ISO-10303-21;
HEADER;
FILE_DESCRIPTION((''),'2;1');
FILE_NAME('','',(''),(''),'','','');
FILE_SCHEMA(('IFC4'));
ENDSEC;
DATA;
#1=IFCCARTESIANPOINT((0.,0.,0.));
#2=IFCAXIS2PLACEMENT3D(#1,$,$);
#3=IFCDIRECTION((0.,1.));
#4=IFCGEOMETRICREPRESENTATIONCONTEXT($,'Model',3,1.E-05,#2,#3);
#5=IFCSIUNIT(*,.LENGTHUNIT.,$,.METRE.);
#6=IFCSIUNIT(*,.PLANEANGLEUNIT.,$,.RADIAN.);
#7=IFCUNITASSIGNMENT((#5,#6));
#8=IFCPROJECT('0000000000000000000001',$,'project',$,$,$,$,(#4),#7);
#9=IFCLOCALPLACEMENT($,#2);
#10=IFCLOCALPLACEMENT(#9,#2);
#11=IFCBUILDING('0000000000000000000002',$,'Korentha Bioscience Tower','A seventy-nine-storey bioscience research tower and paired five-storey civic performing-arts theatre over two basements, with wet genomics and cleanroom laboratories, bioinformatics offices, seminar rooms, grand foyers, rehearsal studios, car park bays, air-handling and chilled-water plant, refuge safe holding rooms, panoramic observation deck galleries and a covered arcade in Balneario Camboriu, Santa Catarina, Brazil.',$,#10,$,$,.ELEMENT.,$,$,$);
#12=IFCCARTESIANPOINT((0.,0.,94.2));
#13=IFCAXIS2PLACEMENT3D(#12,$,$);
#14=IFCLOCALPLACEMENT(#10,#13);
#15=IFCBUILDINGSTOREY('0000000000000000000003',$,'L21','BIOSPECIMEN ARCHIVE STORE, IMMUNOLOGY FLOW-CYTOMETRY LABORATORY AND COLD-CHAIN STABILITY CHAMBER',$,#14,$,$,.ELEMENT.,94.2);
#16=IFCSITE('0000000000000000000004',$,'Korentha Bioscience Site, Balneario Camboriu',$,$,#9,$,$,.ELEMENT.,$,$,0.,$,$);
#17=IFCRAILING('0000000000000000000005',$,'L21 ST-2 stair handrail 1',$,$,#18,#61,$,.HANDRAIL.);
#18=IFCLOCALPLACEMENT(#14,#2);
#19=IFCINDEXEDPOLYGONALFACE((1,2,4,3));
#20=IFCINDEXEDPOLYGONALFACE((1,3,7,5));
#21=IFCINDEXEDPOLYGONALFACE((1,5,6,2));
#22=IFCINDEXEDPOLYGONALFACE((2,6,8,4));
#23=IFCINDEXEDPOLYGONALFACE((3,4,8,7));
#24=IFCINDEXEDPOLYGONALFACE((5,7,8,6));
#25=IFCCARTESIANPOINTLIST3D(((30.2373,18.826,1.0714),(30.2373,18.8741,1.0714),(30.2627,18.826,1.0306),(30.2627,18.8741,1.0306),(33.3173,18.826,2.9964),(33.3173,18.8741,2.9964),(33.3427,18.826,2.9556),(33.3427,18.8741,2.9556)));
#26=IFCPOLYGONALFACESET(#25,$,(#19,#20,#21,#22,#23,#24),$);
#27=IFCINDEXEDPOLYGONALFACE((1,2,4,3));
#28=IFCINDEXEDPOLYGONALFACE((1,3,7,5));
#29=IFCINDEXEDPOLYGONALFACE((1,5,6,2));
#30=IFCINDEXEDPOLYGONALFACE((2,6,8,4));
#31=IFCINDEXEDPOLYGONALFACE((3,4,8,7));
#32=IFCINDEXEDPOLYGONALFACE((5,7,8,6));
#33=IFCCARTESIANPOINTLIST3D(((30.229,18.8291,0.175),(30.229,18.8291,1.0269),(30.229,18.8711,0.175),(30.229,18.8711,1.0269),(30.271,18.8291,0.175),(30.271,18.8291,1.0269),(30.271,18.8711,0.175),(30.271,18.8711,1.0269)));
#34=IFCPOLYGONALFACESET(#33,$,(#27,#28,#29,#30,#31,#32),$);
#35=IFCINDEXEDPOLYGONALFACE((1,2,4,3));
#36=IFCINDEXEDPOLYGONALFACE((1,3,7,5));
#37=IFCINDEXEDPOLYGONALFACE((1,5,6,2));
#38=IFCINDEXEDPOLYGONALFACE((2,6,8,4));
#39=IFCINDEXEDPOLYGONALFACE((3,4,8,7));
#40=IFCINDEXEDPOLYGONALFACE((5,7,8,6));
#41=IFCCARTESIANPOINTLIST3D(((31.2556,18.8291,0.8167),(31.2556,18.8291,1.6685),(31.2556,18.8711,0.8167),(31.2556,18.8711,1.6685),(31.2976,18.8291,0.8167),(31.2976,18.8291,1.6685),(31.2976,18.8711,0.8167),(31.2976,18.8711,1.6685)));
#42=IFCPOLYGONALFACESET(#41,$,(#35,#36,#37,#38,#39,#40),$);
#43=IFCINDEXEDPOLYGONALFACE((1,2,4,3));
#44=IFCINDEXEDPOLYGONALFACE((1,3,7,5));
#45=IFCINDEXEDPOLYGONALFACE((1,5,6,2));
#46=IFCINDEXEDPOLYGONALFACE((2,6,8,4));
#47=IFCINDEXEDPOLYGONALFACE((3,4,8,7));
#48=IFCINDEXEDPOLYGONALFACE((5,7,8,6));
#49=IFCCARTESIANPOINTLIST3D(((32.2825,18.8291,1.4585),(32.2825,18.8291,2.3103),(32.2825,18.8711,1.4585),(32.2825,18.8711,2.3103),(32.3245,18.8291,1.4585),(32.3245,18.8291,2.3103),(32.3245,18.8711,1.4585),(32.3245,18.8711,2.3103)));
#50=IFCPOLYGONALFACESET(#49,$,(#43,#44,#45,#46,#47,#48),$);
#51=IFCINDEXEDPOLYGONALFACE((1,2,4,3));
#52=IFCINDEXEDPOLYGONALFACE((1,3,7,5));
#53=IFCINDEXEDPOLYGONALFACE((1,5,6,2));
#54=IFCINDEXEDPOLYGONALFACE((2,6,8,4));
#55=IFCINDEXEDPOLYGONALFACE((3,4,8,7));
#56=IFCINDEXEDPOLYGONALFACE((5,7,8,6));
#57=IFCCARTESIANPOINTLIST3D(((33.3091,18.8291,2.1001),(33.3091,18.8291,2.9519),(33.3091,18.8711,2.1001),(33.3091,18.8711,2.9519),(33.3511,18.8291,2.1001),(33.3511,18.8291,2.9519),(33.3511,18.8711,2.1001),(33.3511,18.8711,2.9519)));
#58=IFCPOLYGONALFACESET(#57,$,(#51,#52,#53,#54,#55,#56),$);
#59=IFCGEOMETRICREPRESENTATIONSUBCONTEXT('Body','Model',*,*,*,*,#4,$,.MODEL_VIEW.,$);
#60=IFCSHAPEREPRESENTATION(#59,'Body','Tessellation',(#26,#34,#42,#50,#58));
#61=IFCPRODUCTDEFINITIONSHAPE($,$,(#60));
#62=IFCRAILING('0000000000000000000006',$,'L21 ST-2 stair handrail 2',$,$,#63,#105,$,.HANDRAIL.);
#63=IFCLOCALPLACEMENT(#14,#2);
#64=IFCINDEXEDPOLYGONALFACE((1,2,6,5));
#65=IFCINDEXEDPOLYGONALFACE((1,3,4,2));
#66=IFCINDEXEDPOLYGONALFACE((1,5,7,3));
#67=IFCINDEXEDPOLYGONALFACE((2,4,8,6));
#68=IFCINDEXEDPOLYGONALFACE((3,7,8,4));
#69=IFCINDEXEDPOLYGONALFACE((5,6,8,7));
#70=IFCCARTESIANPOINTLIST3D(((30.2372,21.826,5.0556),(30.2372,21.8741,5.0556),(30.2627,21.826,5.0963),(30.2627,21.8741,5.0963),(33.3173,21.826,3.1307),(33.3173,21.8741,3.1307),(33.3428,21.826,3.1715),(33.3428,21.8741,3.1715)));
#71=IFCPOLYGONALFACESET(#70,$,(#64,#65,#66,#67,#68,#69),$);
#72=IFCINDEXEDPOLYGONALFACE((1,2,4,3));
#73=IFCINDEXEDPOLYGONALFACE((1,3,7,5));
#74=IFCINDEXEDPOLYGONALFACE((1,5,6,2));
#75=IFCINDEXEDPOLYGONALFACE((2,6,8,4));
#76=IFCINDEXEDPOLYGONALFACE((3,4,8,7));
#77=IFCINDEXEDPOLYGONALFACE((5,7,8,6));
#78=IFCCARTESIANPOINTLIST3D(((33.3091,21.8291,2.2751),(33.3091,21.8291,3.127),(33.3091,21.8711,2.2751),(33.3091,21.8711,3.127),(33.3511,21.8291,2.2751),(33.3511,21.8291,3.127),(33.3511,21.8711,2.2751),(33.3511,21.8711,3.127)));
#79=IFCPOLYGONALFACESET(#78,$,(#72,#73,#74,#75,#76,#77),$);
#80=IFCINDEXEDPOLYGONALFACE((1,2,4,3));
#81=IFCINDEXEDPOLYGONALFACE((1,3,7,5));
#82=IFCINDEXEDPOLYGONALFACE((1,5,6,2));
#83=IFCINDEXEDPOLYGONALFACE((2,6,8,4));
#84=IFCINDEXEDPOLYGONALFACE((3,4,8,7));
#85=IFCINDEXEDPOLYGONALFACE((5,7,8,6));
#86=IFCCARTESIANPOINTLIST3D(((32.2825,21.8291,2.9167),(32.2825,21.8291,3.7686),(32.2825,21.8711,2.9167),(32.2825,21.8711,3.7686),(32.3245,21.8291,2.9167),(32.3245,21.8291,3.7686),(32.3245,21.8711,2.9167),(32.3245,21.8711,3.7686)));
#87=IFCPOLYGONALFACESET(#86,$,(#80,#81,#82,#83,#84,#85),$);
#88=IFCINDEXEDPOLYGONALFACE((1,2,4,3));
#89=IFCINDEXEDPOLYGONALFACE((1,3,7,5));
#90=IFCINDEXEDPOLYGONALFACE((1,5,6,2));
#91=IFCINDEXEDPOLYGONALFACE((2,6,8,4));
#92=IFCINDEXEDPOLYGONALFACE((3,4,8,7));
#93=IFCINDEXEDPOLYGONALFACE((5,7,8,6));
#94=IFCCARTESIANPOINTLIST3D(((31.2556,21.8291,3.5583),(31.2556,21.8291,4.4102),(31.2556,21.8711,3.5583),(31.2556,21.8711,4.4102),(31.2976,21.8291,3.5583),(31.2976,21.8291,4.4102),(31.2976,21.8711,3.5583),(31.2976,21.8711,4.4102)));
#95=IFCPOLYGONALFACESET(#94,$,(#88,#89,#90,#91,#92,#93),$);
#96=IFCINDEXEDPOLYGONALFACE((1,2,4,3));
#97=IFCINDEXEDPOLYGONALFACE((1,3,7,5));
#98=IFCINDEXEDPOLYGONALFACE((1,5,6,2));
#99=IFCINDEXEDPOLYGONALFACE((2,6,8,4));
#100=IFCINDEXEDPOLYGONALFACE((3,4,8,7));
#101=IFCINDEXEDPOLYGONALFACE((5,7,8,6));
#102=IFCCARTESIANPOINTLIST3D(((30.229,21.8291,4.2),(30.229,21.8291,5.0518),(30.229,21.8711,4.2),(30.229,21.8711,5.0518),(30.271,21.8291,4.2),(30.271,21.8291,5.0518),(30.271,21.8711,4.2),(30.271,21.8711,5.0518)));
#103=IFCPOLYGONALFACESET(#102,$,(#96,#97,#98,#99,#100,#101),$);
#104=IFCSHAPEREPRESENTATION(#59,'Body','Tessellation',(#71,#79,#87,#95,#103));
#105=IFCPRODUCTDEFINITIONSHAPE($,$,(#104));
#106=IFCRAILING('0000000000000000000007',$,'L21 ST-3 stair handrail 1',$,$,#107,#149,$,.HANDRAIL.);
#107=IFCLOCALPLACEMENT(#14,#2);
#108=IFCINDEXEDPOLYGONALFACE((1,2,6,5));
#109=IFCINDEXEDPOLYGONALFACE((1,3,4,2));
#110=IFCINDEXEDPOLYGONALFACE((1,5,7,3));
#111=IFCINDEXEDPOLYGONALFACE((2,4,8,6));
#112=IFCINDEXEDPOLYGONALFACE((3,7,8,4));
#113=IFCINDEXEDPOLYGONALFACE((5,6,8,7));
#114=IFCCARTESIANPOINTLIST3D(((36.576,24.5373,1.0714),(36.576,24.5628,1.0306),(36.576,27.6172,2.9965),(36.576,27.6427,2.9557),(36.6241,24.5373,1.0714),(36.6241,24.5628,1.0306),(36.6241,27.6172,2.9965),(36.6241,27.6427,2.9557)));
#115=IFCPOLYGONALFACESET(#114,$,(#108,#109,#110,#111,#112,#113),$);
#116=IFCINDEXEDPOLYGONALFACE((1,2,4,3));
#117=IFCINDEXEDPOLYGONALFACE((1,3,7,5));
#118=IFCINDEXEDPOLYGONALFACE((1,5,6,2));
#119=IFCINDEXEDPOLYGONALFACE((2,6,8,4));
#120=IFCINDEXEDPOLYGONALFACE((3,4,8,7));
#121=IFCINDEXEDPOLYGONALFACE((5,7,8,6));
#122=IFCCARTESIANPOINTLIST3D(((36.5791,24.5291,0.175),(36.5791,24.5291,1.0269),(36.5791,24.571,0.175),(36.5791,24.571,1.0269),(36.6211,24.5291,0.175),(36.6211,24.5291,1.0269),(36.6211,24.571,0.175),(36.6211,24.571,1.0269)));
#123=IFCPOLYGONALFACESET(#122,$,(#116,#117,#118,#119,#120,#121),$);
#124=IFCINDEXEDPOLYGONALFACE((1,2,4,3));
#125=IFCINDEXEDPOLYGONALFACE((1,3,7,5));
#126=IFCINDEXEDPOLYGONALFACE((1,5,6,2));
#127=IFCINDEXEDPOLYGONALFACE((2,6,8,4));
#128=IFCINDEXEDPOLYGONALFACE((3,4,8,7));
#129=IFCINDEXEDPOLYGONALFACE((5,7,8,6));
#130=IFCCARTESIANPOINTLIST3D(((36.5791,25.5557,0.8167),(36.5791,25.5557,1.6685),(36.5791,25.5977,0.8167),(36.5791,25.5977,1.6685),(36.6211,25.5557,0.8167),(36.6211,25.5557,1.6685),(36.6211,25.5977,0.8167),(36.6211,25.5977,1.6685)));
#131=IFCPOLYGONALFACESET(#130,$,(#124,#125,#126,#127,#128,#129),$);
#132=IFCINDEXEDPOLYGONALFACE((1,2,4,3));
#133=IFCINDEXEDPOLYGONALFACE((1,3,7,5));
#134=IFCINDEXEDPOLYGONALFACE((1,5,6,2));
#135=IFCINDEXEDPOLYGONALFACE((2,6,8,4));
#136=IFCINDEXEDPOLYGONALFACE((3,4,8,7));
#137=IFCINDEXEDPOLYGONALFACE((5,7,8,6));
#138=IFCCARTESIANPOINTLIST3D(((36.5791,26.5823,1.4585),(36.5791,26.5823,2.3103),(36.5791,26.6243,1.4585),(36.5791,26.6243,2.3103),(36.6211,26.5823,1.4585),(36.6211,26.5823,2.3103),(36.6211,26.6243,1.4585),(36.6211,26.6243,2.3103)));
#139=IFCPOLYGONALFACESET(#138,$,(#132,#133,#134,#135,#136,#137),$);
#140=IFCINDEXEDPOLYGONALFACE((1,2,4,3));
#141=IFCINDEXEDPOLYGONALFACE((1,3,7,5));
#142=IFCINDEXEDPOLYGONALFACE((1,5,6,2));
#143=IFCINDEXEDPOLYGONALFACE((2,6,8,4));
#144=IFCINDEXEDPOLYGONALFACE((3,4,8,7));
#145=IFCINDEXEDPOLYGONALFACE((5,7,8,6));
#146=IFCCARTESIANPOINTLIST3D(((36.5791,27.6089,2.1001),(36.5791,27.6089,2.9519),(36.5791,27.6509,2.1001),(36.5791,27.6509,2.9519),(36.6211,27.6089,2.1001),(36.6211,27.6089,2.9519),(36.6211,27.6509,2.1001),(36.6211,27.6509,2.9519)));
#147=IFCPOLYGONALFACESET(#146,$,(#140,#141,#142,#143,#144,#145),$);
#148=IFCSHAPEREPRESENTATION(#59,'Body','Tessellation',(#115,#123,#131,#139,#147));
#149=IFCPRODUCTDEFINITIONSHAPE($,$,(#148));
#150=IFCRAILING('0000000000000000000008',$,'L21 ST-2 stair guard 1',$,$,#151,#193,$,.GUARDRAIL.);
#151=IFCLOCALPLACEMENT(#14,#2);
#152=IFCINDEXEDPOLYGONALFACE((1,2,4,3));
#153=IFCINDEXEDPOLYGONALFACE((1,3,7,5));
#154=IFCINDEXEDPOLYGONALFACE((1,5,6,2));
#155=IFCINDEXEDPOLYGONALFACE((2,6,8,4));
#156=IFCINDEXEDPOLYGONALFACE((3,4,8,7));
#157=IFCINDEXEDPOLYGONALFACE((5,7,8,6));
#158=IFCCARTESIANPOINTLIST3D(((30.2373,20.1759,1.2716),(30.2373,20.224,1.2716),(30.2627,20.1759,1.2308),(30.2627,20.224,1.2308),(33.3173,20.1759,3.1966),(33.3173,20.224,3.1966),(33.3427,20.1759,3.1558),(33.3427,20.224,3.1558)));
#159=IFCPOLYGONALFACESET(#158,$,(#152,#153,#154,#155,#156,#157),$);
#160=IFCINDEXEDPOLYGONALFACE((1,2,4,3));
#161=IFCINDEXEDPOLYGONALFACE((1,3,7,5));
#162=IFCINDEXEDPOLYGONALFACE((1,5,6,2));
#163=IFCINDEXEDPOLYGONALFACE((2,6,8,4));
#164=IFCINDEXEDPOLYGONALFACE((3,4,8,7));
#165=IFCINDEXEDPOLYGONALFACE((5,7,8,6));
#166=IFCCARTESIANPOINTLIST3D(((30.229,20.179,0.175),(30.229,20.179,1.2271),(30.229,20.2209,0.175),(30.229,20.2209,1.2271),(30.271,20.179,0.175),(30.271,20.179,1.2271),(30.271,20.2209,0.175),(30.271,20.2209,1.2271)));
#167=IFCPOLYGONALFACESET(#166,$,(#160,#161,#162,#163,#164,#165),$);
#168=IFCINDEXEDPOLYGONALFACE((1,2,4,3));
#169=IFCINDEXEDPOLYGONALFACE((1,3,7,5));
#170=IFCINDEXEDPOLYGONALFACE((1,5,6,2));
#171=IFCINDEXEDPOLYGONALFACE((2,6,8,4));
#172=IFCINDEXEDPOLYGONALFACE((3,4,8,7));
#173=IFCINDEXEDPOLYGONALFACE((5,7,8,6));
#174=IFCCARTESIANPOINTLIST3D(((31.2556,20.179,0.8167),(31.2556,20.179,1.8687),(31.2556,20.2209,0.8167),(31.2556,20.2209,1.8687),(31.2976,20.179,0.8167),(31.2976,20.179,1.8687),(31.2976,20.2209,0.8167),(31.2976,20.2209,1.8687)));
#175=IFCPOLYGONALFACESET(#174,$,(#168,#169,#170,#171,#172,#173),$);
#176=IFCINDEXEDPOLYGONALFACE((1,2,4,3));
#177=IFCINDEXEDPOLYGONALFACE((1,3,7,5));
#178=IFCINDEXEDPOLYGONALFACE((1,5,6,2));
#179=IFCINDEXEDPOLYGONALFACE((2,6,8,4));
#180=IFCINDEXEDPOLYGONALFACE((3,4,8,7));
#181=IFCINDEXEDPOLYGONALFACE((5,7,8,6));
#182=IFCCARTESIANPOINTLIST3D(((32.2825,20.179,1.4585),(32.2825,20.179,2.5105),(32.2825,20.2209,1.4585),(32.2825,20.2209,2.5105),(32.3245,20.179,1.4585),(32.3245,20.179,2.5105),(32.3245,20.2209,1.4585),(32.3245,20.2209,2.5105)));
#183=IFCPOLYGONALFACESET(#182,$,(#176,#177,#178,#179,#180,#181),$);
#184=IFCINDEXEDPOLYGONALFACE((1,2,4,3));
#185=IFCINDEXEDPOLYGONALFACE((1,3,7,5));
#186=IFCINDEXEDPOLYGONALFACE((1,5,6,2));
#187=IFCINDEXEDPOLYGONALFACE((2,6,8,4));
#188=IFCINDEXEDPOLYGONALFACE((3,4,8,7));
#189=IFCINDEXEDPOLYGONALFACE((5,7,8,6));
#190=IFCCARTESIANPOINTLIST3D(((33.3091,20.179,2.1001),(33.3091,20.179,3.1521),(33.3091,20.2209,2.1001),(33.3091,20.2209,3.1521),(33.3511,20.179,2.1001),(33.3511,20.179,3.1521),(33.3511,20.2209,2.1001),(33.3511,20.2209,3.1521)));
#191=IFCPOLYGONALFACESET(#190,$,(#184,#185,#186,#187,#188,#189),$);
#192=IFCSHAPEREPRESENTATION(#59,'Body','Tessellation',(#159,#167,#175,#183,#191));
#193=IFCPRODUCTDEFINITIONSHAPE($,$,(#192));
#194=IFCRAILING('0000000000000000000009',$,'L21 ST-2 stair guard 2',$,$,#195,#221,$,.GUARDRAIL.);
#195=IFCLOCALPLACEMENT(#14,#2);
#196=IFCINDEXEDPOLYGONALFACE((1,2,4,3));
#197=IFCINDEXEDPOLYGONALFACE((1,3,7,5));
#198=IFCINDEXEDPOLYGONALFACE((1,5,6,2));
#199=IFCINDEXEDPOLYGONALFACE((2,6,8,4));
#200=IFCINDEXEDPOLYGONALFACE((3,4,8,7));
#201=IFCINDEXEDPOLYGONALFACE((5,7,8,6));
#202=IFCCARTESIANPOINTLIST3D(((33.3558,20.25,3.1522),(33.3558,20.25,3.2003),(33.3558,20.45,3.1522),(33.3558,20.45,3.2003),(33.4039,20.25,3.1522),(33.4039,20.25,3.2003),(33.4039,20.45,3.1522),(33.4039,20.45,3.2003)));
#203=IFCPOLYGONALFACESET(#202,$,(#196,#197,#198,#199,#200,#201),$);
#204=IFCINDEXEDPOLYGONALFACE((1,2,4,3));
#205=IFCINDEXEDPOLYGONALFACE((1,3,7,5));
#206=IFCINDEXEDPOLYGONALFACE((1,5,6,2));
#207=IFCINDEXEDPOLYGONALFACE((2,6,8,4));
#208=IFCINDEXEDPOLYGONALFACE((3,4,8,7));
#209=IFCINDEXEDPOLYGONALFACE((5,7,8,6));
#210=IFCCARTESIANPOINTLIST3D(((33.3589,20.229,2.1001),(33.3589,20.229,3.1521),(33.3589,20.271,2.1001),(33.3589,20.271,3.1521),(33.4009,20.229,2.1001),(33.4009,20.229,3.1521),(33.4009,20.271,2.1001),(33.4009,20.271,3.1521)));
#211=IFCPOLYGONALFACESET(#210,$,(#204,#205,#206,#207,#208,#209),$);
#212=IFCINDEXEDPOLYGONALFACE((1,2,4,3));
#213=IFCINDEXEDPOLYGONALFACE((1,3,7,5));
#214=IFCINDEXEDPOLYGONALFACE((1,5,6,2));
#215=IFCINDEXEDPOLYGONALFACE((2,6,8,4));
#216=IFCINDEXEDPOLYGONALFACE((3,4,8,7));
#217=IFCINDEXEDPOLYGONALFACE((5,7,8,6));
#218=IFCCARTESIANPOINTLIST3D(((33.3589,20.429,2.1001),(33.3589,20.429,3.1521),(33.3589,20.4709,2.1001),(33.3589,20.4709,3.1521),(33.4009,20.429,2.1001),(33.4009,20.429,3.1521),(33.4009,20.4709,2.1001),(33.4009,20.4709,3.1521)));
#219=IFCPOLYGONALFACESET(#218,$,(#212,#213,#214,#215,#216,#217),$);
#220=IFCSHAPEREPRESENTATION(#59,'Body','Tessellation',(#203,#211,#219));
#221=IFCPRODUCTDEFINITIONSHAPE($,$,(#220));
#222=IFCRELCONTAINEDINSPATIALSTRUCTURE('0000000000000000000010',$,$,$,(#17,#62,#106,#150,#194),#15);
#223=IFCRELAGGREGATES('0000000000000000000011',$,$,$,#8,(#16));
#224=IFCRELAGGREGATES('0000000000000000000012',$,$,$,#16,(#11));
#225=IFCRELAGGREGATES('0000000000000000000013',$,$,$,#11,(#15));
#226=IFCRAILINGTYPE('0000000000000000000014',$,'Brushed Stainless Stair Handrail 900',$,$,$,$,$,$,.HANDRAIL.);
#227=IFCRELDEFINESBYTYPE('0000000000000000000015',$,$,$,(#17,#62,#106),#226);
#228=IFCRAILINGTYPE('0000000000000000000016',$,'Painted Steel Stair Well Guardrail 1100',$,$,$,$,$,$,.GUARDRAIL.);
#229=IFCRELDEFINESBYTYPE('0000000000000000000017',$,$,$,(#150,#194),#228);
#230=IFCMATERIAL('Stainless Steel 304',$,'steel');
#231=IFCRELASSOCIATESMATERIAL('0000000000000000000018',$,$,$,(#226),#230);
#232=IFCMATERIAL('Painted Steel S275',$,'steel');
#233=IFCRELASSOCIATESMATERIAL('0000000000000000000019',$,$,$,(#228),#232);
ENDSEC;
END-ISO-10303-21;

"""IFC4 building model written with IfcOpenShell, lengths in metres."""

from ifc_helpers import new_model, si_unit, direction, frame, origin, origin_2d, place, context, subcontext, project, spatial, rectangle, extrude, material, type_object, element, save


model = new_model("IFC4")

# Units and contexts
model_context = context("Model", 3, precision=1e-05, world=origin(), true_north=direction((0.0, 1.0)))
body_context = subcontext(model_context, "Body", "Model", "MODEL_VIEW")
ifc_project = project(units=[si_unit("LENGTHUNIT", "METRE"), si_unit("PLANEANGLEUNIT", "RADIAN")], contexts=[model_context])

# Site, building, storey
site_placement = place(None, origin())
site = spatial("IfcSite", under=ifc_project, at=site_placement, Name="Korentha Bioscience Site, Balneario Camboriu", CompositionType="ELEMENT", RefElevation=0.0)
building_placement = place(site_placement, origin())
building = spatial("IfcBuilding", under=site, at=building_placement, Name="Korentha Bioscience Tower", Description="A seventy-nine-storey bioscience research tower and paired five-storey civic performing-arts theatre over two basements, with wet genomics and cleanroom laboratories, bioinformatics offices, seminar rooms, grand foyers, rehearsal studios, car park bays, air-handling and chilled-water plant, refuge safe holding rooms, panoramic observation deck galleries and a covered arcade in Balneario Camboriu, Santa Catarina, Brazil.", CompositionType="ELEMENT")
storey_placement = place(building_placement, frame((0.0, 0.0, 94.2)))
storey = spatial("IfcBuildingStorey", under=building, at=storey_placement, Name="L21", Description="BIOSPECIMEN ARCHIVE STORE, IMMUNOLOGY FLOW-CYTOMETRY LABORATORY AND COLD-CHAIN STABILITY CHAMBER", CompositionType="ELEMENT", Elevation=94.2)

# Railings
ifc_material_1 = material(Name="Stainless Steel 304", Category="steel")
railing_type_1 = type_object("IfcRailingType", Name="Brushed Stainless Stair Handrail 900", PredefinedType="HANDRAIL", material=ifc_material_1)
railing_1_placement = place(storey_placement, frame((30.25, 18.8501, 0.175)))
element("IfcRailing", 1, at=railing_1_placement, inside=storey, type_object=railing_type_1, Name="L21 ST-2 stair handrail 1", PredefinedType="HANDRAIL", context=body_context, shape_type="SweptSolid", body=[
    extrude(rectangle(XDim=0.0481, YDim=0.0481, at=origin_2d()), frame((0.0, 0.0, 0.876), z_axis=(0.847998, 0.0, 0.529999), x_axis=(0.0, 1.0, 0.0)), (0.0, 0.0, 1.0), 3.6321),
    extrude(rectangle(XDim=0.042, YDim=0.042, at=origin_2d()), origin(), (0.0, 0.0, 1.0), 0.8518),
    extrude(rectangle(XDim=0.042, YDim=0.042, at=origin_2d()), frame((1.0266, 0.0, 0.6416)), (0.0, 0.0, 1.0), 0.8518),
    extrude(rectangle(XDim=0.042, YDim=0.042, at=origin_2d()), frame((2.0535, 0.0, 1.2834)), (0.0, 0.0, 1.0), 0.8518),
    extrude(rectangle(XDim=0.042, YDim=0.042, at=origin_2d()), frame((3.0801, 0.0, 1.925)), (0.0, 0.0, 1.0), 0.8518),
])
railing_2_placement = place(storey_placement, frame((33.3301, 21.8501, 2.2751)))
element("IfcRailing", 2, at=railing_2_placement, inside=storey, type_object=railing_type_1, Name="L21 ST-2 stair handrail 2", PredefinedType="HANDRAIL", context=body_context, shape_type="SweptSolid", body=[
    extrude(rectangle(XDim=0.0481, YDim=0.0481, at=origin_2d()), frame((0.0, 0.0, 0.876), z_axis=(-0.848029, 0.0, 0.529951), x_axis=(0.0, -1.0, 0.0)), (0.0, 0.0, 1.0), 3.6321),
    extrude(rectangle(XDim=0.042, YDim=0.042, at=origin_2d()), origin(), (0.0, 0.0, 1.0), 0.8518),
    extrude(rectangle(XDim=0.042, YDim=0.042, at=origin_2d()), frame((-1.0266, 0.0, 0.6416)), (0.0, 0.0, 1.0), 0.8518),
    extrude(rectangle(XDim=0.042, YDim=0.042, at=origin_2d()), frame((-2.0535, 0.0, 1.2832)), (0.0, 0.0, 1.0), 0.8518),
    extrude(rectangle(XDim=0.042, YDim=0.042, at=origin_2d()), frame((-3.0801, 0.0, 1.9248)), (0.0, 0.0, 1.0), 0.8518),
])
railing_3_placement = place(storey_placement, frame((36.6001, 24.55, 0.175)))
element("IfcRailing", 3, at=railing_3_placement, inside=storey, type_object=railing_type_1, Name="L21 ST-3 stair handrail 1", PredefinedType="HANDRAIL", context=body_context, shape_type="SweptSolid", body=[
    extrude(rectangle(XDim=0.0481, YDim=0.0481, at=origin_2d()), frame((0.0, 0.0, 0.876), z_axis=(0.0, 0.847979, 0.530029), x_axis=(-1.0, 0.0, 0.0)), (0.0, 0.0, 1.0), 3.6321),
    extrude(rectangle(XDim=0.042, YDim=0.042, at=origin_2d()), origin(), (0.0, 0.0, 1.0), 0.8518),
    extrude(rectangle(XDim=0.042, YDim=0.042, at=origin_2d()), frame((0.0, 1.0266, 0.6416)), (0.0, 0.0, 1.0), 0.8518),
    extrude(rectangle(XDim=0.042, YDim=0.042, at=origin_2d()), frame((0.0, 2.0532, 1.2834)), (0.0, 0.0, 1.0), 0.8518),
    extrude(rectangle(XDim=0.042, YDim=0.042, at=origin_2d()), frame((0.0, 3.0798, 1.925)), (0.0, 0.0, 1.0), 0.8518),
])
ifc_material_2 = material(Name="Painted Steel S275", Category="steel")
railing_type_2 = type_object("IfcRailingType", Name="Painted Steel Stair Well Guardrail 1100", PredefinedType="GUARDRAIL", material=ifc_material_2)
railing_4_placement = place(storey_placement, frame((30.25, 20.2, 0.175)))
element("IfcRailing", 4, at=railing_4_placement, inside=storey, type_object=railing_type_2, Name="L21 ST-2 stair guard 1", PredefinedType="GUARDRAIL", context=body_context, shape_type="SweptSolid", body=[
    extrude(rectangle(XDim=0.0481, YDim=0.0481, at=origin_2d()), frame((0.0, 0.0, 1.0762), z_axis=(0.847998, 0.0, 0.529999), x_axis=(0.0, 1.0, 0.0)), (0.0, 0.0, 1.0), 3.6321),
    extrude(rectangle(XDim=0.042, YDim=0.042, at=origin_2d()), origin(), (0.0, 0.0, 1.0), 1.052),
    extrude(rectangle(XDim=0.042, YDim=0.042, at=origin_2d()), frame((1.0266, 0.0, 0.6416)), (0.0, 0.0, 1.0), 1.052),
    extrude(rectangle(XDim=0.042, YDim=0.042, at=origin_2d()), frame((2.0535, 0.0, 1.2834)), (0.0, 0.0, 1.0), 1.052),
    extrude(rectangle(XDim=0.042, YDim=0.042, at=origin_2d()), frame((3.0801, 0.0, 1.925)), (0.0, 0.0, 1.0), 1.052),
])
railing_5_placement = place(storey_placement, frame((33.3799, 20.25, 2.1001)))
element("IfcRailing", 5, at=railing_5_placement, inside=storey, type_object=railing_type_2, Name="L21 ST-2 stair guard 2", PredefinedType="GUARDRAIL", context=body_context, shape_type="SweptSolid", body=[
    extrude(rectangle(XDim=0.0481, YDim=0.0481, at=origin_2d()), frame((0.0, 0.0, 1.0762), z_axis=(0.0, 1.0, 0.0), x_axis=(-1.0, 0.0, 0.0)), (0.0, 0.0, 1.0), 0.2),
    extrude(rectangle(XDim=0.042, YDim=0.042, at=origin_2d()), origin(), (0.0, 0.0, 1.0), 1.052),
    extrude(rectangle(XDim=0.042, YDim=0.042, at=origin_2d()), frame((0.0, 0.2, 0.0)), (0.0, 0.0, 1.0), 1.052),
])

save(model, "model.ifc")
